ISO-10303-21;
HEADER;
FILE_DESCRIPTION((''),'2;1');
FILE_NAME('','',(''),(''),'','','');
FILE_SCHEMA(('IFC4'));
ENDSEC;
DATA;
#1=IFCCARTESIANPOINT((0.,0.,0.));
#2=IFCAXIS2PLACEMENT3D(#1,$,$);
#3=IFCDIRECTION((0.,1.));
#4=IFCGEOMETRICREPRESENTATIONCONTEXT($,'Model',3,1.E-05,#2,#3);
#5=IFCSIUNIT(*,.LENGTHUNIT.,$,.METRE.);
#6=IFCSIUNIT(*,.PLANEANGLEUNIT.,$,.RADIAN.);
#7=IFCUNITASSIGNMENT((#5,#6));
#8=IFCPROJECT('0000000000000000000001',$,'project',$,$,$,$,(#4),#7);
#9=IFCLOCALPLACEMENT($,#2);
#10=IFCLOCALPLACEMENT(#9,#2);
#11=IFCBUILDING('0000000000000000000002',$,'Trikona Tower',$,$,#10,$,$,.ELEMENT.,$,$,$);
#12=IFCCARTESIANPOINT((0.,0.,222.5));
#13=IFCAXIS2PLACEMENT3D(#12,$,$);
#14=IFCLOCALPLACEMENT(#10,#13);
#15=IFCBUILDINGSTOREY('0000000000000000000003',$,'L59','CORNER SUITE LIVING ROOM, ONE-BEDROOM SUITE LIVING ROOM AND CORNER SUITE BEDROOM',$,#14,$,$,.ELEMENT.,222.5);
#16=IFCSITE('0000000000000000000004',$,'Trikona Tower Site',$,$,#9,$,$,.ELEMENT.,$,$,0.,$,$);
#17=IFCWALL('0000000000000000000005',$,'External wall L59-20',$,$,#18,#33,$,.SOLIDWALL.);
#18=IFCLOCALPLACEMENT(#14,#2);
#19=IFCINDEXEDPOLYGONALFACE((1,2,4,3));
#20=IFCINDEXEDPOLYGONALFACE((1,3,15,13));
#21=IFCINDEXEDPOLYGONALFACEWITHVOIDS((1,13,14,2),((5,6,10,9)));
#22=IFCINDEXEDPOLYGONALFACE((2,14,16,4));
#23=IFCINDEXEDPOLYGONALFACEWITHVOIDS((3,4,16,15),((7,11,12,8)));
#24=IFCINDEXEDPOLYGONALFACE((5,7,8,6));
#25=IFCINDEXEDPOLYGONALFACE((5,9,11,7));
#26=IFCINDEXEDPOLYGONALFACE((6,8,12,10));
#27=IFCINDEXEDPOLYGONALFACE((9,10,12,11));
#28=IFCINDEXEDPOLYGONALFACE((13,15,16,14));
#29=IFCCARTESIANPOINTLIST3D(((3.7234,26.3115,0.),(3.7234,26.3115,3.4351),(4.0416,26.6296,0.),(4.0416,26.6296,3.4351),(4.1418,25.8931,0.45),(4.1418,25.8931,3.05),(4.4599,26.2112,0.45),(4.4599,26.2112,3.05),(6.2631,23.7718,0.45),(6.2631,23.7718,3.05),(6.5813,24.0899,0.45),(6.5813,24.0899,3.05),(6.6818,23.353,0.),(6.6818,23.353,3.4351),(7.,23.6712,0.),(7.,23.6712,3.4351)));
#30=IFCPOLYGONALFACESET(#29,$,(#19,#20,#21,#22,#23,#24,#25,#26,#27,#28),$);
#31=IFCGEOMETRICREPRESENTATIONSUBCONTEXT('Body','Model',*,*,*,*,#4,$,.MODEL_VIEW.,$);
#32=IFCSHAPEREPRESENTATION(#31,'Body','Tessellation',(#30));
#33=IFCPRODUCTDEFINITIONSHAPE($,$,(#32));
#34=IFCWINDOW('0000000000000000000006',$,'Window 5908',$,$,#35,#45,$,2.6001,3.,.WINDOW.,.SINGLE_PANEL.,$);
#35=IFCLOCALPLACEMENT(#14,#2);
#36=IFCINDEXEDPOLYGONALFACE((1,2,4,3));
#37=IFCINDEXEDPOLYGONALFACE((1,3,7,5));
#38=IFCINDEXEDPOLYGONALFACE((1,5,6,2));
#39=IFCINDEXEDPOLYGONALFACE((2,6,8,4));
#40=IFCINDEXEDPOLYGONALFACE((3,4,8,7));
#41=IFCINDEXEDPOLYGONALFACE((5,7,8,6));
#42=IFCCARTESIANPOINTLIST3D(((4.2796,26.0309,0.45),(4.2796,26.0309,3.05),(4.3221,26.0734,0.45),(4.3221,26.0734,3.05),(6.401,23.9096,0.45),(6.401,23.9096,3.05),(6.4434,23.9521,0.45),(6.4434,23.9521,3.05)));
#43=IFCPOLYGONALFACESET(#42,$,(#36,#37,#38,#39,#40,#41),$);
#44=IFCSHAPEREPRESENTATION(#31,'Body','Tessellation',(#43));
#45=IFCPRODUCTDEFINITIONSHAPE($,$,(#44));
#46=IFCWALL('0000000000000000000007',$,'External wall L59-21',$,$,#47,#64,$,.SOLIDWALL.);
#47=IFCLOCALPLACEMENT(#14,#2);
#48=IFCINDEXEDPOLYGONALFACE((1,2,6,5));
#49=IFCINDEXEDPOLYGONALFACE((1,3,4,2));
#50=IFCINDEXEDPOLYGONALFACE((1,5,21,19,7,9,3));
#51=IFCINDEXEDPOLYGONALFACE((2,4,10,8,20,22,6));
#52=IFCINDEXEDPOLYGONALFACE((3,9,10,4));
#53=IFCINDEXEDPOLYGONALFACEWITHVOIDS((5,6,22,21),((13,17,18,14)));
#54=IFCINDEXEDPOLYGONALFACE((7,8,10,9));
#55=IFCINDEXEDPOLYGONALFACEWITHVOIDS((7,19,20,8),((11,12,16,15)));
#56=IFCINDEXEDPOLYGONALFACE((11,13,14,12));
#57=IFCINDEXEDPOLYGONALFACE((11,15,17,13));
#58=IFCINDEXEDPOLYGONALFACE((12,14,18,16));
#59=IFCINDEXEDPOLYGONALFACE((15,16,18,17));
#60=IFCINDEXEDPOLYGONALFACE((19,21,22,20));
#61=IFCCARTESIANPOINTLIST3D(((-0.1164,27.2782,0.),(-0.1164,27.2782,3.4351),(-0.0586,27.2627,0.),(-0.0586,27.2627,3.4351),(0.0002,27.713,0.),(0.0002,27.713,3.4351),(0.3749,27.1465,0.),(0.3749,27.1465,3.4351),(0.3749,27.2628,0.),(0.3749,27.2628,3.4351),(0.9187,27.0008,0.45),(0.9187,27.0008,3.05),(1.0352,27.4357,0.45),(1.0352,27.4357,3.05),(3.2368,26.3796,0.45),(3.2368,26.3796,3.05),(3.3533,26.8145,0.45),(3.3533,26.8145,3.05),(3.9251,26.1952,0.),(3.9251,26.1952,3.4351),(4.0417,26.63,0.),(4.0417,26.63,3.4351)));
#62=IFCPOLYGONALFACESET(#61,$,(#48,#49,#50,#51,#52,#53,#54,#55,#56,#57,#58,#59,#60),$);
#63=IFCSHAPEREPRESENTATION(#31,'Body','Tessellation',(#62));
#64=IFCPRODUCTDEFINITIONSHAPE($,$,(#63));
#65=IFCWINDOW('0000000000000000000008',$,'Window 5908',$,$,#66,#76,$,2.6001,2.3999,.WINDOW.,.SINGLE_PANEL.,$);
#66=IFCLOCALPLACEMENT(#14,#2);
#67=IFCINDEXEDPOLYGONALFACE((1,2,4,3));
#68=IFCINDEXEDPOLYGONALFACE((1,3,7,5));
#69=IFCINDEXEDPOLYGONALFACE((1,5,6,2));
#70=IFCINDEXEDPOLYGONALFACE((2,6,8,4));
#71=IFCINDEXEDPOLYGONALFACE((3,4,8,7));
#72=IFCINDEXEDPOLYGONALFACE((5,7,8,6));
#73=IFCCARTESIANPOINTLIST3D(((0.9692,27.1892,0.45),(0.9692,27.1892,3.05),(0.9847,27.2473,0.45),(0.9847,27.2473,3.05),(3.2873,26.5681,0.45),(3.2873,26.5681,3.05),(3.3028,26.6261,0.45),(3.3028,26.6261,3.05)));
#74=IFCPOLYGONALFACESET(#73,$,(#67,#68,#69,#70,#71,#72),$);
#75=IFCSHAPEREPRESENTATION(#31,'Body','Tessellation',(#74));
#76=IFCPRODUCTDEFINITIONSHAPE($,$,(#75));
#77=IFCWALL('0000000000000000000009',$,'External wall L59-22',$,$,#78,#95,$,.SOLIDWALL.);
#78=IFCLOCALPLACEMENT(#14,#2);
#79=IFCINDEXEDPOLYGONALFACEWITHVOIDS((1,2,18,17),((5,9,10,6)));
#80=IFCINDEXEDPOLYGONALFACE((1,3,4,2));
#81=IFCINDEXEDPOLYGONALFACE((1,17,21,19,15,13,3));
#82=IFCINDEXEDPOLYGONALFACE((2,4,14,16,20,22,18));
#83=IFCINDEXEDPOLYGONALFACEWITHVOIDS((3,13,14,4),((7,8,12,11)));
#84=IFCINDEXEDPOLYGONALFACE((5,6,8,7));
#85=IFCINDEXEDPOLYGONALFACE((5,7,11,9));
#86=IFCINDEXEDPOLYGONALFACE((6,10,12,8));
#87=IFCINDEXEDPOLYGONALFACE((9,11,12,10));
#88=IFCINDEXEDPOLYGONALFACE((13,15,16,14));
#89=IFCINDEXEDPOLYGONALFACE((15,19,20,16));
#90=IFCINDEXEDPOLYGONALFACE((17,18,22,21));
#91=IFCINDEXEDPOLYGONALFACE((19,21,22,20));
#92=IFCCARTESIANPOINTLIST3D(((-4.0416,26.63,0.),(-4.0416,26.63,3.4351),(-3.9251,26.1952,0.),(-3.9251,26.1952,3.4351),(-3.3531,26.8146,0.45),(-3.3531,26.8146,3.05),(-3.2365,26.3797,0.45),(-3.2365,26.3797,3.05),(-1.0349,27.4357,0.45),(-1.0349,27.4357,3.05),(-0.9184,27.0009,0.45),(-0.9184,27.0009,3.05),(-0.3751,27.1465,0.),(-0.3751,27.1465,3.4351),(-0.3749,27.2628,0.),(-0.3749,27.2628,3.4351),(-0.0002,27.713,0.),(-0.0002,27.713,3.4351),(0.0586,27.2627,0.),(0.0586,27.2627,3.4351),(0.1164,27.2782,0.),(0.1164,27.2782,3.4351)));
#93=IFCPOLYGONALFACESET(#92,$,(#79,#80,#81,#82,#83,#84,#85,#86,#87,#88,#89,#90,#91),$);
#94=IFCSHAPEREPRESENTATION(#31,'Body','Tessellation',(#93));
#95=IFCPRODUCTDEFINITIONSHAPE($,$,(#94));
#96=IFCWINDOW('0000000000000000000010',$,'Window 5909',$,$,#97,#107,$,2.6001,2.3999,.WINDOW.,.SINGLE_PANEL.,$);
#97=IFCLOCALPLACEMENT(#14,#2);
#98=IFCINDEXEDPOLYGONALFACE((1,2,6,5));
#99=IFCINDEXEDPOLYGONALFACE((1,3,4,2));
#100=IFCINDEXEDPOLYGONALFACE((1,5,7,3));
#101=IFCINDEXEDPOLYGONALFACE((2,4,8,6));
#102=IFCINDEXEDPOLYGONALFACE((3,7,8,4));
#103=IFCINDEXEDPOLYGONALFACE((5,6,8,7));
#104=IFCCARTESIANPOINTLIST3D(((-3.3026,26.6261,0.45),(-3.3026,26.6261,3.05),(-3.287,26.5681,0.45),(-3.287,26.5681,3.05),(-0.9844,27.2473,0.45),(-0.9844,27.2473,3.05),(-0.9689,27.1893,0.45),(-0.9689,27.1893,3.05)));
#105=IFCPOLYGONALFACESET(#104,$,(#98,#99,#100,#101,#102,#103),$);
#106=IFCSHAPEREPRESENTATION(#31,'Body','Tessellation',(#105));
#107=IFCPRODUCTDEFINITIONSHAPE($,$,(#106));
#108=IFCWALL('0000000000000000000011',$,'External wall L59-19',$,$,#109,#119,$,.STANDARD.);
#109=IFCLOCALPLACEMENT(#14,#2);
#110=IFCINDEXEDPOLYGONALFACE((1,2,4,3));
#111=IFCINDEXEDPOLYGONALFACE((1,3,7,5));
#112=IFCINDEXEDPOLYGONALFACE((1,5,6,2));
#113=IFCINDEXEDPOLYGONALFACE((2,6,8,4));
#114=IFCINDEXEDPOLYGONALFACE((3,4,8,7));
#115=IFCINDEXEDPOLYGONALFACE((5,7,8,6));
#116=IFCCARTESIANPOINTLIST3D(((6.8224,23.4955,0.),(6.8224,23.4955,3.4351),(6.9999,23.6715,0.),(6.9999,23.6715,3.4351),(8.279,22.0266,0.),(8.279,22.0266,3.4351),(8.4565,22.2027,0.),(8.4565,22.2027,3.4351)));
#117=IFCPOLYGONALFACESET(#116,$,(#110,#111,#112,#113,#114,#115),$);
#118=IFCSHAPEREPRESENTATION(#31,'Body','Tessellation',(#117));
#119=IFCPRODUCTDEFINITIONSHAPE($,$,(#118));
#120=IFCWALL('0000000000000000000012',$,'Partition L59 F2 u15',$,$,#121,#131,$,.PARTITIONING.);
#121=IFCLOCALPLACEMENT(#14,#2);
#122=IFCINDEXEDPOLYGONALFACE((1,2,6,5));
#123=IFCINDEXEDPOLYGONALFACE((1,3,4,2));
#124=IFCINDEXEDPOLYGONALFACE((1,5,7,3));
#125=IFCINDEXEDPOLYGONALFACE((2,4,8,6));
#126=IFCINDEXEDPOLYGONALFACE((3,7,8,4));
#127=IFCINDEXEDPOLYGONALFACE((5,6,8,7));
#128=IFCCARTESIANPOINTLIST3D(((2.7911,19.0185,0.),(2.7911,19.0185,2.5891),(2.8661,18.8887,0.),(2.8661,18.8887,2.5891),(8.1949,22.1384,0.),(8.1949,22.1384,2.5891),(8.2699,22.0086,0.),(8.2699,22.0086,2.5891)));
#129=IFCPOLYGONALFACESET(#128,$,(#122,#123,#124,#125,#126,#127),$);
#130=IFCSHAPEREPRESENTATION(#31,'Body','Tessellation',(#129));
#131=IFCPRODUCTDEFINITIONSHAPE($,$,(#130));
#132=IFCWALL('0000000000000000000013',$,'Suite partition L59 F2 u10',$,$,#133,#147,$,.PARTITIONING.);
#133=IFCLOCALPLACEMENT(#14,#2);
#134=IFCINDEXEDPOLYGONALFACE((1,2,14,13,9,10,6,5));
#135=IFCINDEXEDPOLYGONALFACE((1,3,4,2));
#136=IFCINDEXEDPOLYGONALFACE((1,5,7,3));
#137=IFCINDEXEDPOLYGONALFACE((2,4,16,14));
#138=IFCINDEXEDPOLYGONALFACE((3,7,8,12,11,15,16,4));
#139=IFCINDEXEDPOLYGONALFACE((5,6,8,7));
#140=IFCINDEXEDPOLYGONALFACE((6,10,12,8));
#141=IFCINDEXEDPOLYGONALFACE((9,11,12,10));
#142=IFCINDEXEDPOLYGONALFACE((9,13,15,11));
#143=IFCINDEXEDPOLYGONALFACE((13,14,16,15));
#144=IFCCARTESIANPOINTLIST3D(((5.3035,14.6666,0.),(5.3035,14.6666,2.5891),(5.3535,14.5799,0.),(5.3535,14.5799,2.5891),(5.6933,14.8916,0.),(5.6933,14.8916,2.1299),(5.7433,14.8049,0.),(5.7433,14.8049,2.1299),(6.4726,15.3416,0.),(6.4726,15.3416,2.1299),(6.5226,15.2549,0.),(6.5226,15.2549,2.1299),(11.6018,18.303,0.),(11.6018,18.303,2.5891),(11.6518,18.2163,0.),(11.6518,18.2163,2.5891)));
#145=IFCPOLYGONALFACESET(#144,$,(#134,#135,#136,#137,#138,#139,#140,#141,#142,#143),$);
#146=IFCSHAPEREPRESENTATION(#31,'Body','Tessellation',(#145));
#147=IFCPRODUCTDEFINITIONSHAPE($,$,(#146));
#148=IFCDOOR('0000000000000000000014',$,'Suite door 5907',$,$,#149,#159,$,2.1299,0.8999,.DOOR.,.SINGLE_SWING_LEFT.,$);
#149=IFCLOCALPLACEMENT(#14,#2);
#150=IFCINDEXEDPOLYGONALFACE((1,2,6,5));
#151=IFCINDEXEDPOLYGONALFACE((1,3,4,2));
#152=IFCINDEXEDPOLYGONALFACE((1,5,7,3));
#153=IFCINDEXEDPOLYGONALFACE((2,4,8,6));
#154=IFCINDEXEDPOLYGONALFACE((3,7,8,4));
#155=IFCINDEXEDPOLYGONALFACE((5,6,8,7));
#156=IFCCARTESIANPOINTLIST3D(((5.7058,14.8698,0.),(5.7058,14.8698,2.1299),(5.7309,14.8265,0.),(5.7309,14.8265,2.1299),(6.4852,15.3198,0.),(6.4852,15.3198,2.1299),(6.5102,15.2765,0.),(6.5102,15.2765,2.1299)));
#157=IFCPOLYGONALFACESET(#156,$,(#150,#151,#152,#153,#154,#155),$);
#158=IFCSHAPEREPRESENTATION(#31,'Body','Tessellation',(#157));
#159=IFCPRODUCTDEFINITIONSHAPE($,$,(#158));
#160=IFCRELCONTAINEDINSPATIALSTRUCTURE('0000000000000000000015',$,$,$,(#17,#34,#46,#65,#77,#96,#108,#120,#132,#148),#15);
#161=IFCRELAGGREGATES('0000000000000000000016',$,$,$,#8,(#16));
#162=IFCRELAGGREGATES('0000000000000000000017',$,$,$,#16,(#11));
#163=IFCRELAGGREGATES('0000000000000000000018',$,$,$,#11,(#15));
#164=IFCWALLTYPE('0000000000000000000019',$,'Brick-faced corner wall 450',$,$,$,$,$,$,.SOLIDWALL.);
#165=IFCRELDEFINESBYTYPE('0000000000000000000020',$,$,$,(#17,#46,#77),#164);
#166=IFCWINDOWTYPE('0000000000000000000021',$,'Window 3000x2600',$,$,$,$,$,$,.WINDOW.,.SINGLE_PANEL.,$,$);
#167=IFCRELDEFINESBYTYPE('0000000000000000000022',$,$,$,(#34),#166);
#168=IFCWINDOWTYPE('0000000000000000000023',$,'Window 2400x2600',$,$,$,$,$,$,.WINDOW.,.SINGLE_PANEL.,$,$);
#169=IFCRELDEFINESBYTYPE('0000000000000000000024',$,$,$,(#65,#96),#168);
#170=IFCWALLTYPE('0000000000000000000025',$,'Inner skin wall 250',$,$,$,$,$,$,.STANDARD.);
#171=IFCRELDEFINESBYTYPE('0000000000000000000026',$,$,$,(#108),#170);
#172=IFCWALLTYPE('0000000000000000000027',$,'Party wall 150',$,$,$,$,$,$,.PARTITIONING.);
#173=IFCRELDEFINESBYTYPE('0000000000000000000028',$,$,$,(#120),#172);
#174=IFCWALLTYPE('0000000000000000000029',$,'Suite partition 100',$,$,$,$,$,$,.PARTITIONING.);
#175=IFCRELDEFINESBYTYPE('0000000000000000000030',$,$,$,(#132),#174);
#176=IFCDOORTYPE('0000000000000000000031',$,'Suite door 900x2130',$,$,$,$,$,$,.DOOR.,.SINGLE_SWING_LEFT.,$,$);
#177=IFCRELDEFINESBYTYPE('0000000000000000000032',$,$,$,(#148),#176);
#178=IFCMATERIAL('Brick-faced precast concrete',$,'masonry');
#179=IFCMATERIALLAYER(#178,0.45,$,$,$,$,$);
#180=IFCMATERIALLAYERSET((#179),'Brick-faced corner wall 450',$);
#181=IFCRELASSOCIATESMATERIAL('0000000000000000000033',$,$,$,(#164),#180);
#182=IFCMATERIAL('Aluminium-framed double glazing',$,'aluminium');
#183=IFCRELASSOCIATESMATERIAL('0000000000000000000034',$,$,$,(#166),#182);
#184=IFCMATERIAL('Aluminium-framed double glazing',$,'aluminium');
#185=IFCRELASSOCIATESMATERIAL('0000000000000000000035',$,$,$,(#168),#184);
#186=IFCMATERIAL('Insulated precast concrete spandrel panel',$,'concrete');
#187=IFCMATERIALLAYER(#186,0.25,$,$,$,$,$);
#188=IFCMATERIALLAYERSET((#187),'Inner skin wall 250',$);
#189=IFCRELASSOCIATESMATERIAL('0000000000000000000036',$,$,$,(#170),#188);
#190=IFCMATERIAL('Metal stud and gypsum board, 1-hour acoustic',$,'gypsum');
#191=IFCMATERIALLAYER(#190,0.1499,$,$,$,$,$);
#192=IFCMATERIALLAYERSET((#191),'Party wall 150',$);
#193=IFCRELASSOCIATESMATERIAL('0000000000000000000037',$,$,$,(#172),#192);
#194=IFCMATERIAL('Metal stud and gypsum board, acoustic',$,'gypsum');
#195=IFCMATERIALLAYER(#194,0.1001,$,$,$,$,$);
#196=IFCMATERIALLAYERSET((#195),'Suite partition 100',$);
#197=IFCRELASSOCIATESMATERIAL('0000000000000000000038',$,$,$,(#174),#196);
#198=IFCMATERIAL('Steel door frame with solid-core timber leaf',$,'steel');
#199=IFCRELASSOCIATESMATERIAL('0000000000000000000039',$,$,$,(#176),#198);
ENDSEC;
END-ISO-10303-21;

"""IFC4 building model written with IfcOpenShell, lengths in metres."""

from ifc_helpers import new_model, si_unit, direction, frame, frame_2d, origin, place, context, subcontext, project, spatial, polyline, rectangle, outline, extrude, material, layer, layer_set, type_object, element, fill, save


model = new_model("IFC4")

# Units and contexts
model_context = context("Model", 3, precision=1e-05, world=origin(), true_north=direction((0.0, 1.0)))
body_context = subcontext(model_context, "Body", "Model", "MODEL_VIEW")
ifc_project = project(units=[si_unit("LENGTHUNIT", "METRE"), si_unit("PLANEANGLEUNIT", "RADIAN")], contexts=[model_context])

# Site, building, storey
site_placement = place(None, origin())
site = spatial("IfcSite", under=ifc_project, at=site_placement, Name="Trikona Tower Site", CompositionType="ELEMENT", RefElevation=0.0)
building_placement = place(site_placement, origin())
building = spatial("IfcBuilding", under=site, at=building_placement, Name="Trikona Tower", CompositionType="ELEMENT")
storey_placement = place(building_placement, frame((0.0, 0.0, 222.5)))
storey = spatial("IfcBuildingStorey", under=building, at=storey_placement, Name="L59", Description="CORNER SUITE LIVING ROOM, ONE-BEDROOM SUITE LIVING ROOM AND CORNER SUITE BEDROOM", CompositionType="ELEMENT", Elevation=222.5)

# Walls, openings, windows
ifc_material_1 = material(Name="Brick-faced precast concrete", Category="masonry")
ifc_layer_1 = layer(ifc_material_1, 0.45)
ifc_layer_set_1 = layer_set([ifc_layer_1], Name="Brick-faced corner wall 450")
wall_type_1 = type_object("IfcWallType", Name="Brick-faced corner wall 450", PredefinedType="SOLIDWALL", material=ifc_layer_set_1)
wall_1_placement = place(storey_placement, frame((6.8408, 23.5122, 0.0), z_axis=(0.0, 0.0, 1.0), x_axis=(-0.707107, 0.707107, 0.0)))
wall_1 = element("IfcWall", 1, at=wall_1_placement, inside=storey, type_object=wall_type_1, Name="External wall L59-20", PredefinedType="SOLIDWALL", context=body_context, shape_type="SweptSolid", body=[
    extrude(rectangle(XDim=4.1838, YDim=0.45, at=frame_2d((2.0918, 0.0))), origin(), (0.0, 0.0, 1.0), 3.4351),
])
opening_1_placement = place(wall_1_placement, frame((0.592, 0.0, 0.45)))
opening_1 = element("IfcOpeningElement", 2, at=opening_1_placement, cuts=wall_1, PredefinedType="OPENING", context=body_context, shape_type="SweptSolid", body=[
    extrude(rectangle(XDim=3.0, YDim=2.6001, at=frame_2d((1.5, 1.3))), frame((0.0, 0.2349, 0.0), z_axis=(0.0, -1.0, 0.0), x_axis=(1.0, 0.0, 0.0)), (0.0, 0.0, 1.0), 0.47),
])
ifc_material_2 = material(Name="Aluminium-framed double glazing", Category="aluminium")
window_type_1 = type_object("IfcWindowType", Name="Window 3000x2600", PartitioningType="SINGLE_PANEL", PredefinedType="WINDOW", material=ifc_material_2)
window_1_placement = place(opening_1_placement, origin())
window_1 = element("IfcWindow", 3, at=window_1_placement, inside=storey, type_object=window_type_1, Name="Window 5908", OverallHeight=2.6001, OverallWidth=3.0, PartitioningType="SINGLE_PANEL", PredefinedType="WINDOW", context=body_context, shape_type="SweptSolid", body=[
    extrude(rectangle(XDim=3.0, YDim=2.6001, at=frame_2d((1.5, 1.3))), frame((0.0, 0.03, 0.0), z_axis=(0.0, -1.0, 0.0), x_axis=(1.0, 0.0, 0.0)), (0.0, 0.0, 1.0), 0.0601),
])
fill(opening_1, window_1)
wall_2_placement = place(storey_placement, frame((3.9834, 26.4126, 0.0), z_axis=(0.0, 0.0, 1.0), x_axis=(-0.96592, 0.258839, 0.0)))
wall_2 = element("IfcWall", 4, at=wall_2_placement, inside=storey, type_object=wall_type_1, Name="External wall L59-21", PredefinedType="SOLIDWALL", context=body_context, shape_type="SweptSolid", body=[
    extrude(outline(polyline([(4.1841, 0.2251), (4.1243, 0.2251), (3.7056, 0.1128), (3.6755, 0.2251), (0.0, 0.2251), (0.0, -0.2251), (4.1841, -0.2251), (4.1841, 0.2251)])), origin(), (0.0, 0.0, 1.0), 3.4351),
])
opening_2_placement = place(wall_2_placement, frame((0.7126, 0.0, 0.45)))
opening_2 = element("IfcOpeningElement", 5, at=opening_2_placement, cuts=wall_2, PredefinedType="OPENING", context=body_context, shape_type="SweptSolid", body=[
    extrude(rectangle(XDim=2.3999, YDim=2.6001, at=frame_2d((1.2, 1.3))), frame((0.0, 0.2349, 0.0), z_axis=(0.0, -1.0, 0.0), x_axis=(1.0, 0.0, 0.0)), (0.0, 0.0, 1.0), 0.47),
])
ifc_material_3 = material(Name="Aluminium-framed double glazing", Category="aluminium")
window_type_2 = type_object("IfcWindowType", Name="Window 2400x2600", PartitioningType="SINGLE_PANEL", PredefinedType="WINDOW", material=ifc_material_3)
window_2_placement = place(opening_2_placement, origin())
window_2 = element("IfcWindow", 6, at=window_2_placement, inside=storey, type_object=window_type_2, Name="Window 5908", OverallHeight=2.6001, OverallWidth=2.3999, PartitioningType="SINGLE_PANEL", PredefinedType="WINDOW", context=body_context, shape_type="SweptSolid", body=[
    extrude(rectangle(XDim=2.3999, YDim=2.6001, at=frame_2d((1.2, 1.3))), frame((0.0, 0.03, 0.0), z_axis=(0.0, -1.0, 0.0), x_axis=(1.0, 0.0, 0.0)), (0.0, 0.0, 1.0), 0.0601),
])
fill(opening_2, window_2)
wall_3_placement = place(storey_placement, frame((0.0581, 27.4956, 0.0), z_axis=(0.0, 0.0, 1.0), x_axis=(-0.96592, -0.258839, 0.0)))
wall_3 = element("IfcWall", 7, at=wall_3_placement, inside=storey, type_object=wall_type_1, Name="External wall L59-22", PredefinedType="SOLIDWALL", context=body_context, shape_type="SweptSolid", body=[
    extrude(outline(polyline([(4.1841, 0.2251), (0.5088, 0.2251), (0.4785, 0.1128), (0.0598, 0.2251), (0.0, 0.2251), (0.0, -0.2251), (4.1841, -0.2251), (4.1841, 0.2251)])), origin(), (0.0, 0.0, 1.0), 3.4351),
])
opening_3_placement = place(wall_3_placement, frame((1.0713, 0.0, 0.45)))
opening_3 = element("IfcOpeningElement", 8, at=opening_3_placement, cuts=wall_3, PredefinedType="OPENING", context=body_context, shape_type="SweptSolid", body=[
    extrude(rectangle(XDim=2.3999, YDim=2.6001, at=frame_2d((1.2, 1.3))), frame((0.0, 0.2349, 0.0), z_axis=(0.0, -1.0, 0.0), x_axis=(1.0, 0.0, 0.0)), (0.0, 0.0, 1.0), 0.47),
])
window_3_placement = place(opening_3_placement, origin())
window_3 = element("IfcWindow", 9, at=window_3_placement, inside=storey, type_object=window_type_2, Name="Window 5909", OverallHeight=2.6001, OverallWidth=2.3999, PartitioningType="SINGLE_PANEL", PredefinedType="WINDOW", context=body_context, shape_type="SweptSolid", body=[
    extrude(rectangle(XDim=2.3999, YDim=2.6001, at=frame_2d((1.2, 1.3))), frame((0.0, 0.03, 0.0), z_axis=(0.0, -1.0, 0.0), x_axis=(1.0, 0.0, 0.0)), (0.0, 0.0, 1.0), 0.0601),
])
fill(opening_3, window_3)

# Walls
ifc_material_4 = material(Name="Insulated precast concrete spandrel panel", Category="concrete")
ifc_layer_2 = layer(ifc_material_4, 0.25)
ifc_layer_set_2 = layer_set([ifc_layer_2], Name="Inner skin wall 250")
wall_type_2 = type_object("IfcWallType", Name="Inner skin wall 250", PredefinedType="STANDARD", material=ifc_layer_set_2)
wall_4_placement = place(storey_placement, frame((8.3677, 22.1147, 0.0), z_axis=(0.0, 0.0, 1.0), x_axis=(-0.70415, 0.710051, 0.0)))
element("IfcWall", 10, at=wall_4_placement, inside=storey, type_object=wall_type_2, Name="External wall L59-19", PredefinedType="STANDARD", context=body_context, shape_type="SweptSolid", body=[
    extrude(rectangle(XDim=2.0686, YDim=0.25, at=frame_2d((1.0342, 0.0))), origin(), (0.0, 0.0, 1.0), 3.4351),
])
ifc_material_5 = material(Name="Metal stud and gypsum board, 1-hour acoustic", Category="gypsum")
ifc_layer_3 = layer(ifc_material_5, 0.1499)
ifc_layer_set_3 = layer_set([ifc_layer_3], Name="Party wall 150")
wall_type_3 = type_object("IfcWallType", Name="Party wall 150", PredefinedType="PARTITIONING", material=ifc_layer_set_3)
wall_5_placement = place(storey_placement, frame((2.8286, 18.9536, 0.0), z_axis=(0.0, 0.0, 1.0), x_axis=(0.866027, 0.499998, 0.0)))
element("IfcWall", 11, at=wall_5_placement, inside=storey, type_object=wall_type_3, Name="Partition L59 F2 u15", PredefinedType="PARTITIONING", context=body_context, shape_type="SweptSolid", body=[
    extrude(rectangle(XDim=6.2397, YDim=0.1499, at=frame_2d((3.1199, 0.0))), origin(), (0.0, 0.0, 1.0), 2.5891),
])

# Wall, opening, door
ifc_material_6 = material(Name="Metal stud and gypsum board, acoustic", Category="gypsum")
ifc_layer_4 = layer(ifc_material_6, 0.1001)
ifc_layer_set_4 = layer_set([ifc_layer_4], Name="Suite partition 100")
wall_type_4 = type_object("IfcWallType", Name="Suite partition 100", PredefinedType="PARTITIONING", material=ifc_layer_set_4)
wall_6_placement = place(storey_placement, frame((5.3286, 14.6233, 0.0), z_axis=(0.0, 0.0, 1.0), x_axis=(0.866018, 0.500013, 0.0)))
wall_6 = element("IfcWall", 12, at=wall_6_placement, inside=storey, type_object=wall_type_4, Name="Suite partition L59 F2 u10", PredefinedType="PARTITIONING", context=body_context, shape_type="SweptSolid", body=[
    extrude(rectangle(XDim=7.2727, YDim=0.1001, at=frame_2d((3.6362, 0.0))), origin(), (0.0, 0.0, 1.0), 2.5891),
])
opening_4_placement = place(wall_6_placement, frame((0.45, 0.0, 0.0)))
opening_4 = element("IfcOpeningElement", 13, at=opening_4_placement, cuts=wall_6, PredefinedType="OPENING", context=body_context, shape_type="SweptSolid", body=[
    extrude(rectangle(XDim=0.8999, YDim=2.1299, at=frame_2d((0.45, 1.0649))), frame((0.0, 0.0601, 0.0), z_axis=(0.0, -1.0, 0.0), x_axis=(1.0, 0.0, 0.0)), (0.0, 0.0, 1.0), 0.1201),
])
ifc_material_7 = material(Name="Steel door frame with solid-core timber leaf", Category="steel")
door_type_1 = type_object("IfcDoorType", Name="Suite door 900x2130", OperationType="SINGLE_SWING_LEFT", PredefinedType="DOOR", material=ifc_material_7)
door_1_placement = place(opening_4_placement, origin())
door_1 = element("IfcDoor", 14, at=door_1_placement, inside=storey, type_object=door_type_1, Name="Suite door 5907", OperationType="SINGLE_SWING_LEFT", OverallHeight=2.1299, OverallWidth=0.8999, PredefinedType="DOOR", context=body_context, shape_type="SweptSolid", body=[
    extrude(rectangle(XDim=0.8999, YDim=2.1299, at=frame_2d((0.45, 1.0649))), frame((0.0, 0.0249, 0.0), z_axis=(0.0, -1.0, 0.0), x_axis=(1.0, 0.0, 0.0)), (0.0, 0.0, 1.0), 0.05),
])
fill(opening_4, door_1)

save(model, "model.ifc")
